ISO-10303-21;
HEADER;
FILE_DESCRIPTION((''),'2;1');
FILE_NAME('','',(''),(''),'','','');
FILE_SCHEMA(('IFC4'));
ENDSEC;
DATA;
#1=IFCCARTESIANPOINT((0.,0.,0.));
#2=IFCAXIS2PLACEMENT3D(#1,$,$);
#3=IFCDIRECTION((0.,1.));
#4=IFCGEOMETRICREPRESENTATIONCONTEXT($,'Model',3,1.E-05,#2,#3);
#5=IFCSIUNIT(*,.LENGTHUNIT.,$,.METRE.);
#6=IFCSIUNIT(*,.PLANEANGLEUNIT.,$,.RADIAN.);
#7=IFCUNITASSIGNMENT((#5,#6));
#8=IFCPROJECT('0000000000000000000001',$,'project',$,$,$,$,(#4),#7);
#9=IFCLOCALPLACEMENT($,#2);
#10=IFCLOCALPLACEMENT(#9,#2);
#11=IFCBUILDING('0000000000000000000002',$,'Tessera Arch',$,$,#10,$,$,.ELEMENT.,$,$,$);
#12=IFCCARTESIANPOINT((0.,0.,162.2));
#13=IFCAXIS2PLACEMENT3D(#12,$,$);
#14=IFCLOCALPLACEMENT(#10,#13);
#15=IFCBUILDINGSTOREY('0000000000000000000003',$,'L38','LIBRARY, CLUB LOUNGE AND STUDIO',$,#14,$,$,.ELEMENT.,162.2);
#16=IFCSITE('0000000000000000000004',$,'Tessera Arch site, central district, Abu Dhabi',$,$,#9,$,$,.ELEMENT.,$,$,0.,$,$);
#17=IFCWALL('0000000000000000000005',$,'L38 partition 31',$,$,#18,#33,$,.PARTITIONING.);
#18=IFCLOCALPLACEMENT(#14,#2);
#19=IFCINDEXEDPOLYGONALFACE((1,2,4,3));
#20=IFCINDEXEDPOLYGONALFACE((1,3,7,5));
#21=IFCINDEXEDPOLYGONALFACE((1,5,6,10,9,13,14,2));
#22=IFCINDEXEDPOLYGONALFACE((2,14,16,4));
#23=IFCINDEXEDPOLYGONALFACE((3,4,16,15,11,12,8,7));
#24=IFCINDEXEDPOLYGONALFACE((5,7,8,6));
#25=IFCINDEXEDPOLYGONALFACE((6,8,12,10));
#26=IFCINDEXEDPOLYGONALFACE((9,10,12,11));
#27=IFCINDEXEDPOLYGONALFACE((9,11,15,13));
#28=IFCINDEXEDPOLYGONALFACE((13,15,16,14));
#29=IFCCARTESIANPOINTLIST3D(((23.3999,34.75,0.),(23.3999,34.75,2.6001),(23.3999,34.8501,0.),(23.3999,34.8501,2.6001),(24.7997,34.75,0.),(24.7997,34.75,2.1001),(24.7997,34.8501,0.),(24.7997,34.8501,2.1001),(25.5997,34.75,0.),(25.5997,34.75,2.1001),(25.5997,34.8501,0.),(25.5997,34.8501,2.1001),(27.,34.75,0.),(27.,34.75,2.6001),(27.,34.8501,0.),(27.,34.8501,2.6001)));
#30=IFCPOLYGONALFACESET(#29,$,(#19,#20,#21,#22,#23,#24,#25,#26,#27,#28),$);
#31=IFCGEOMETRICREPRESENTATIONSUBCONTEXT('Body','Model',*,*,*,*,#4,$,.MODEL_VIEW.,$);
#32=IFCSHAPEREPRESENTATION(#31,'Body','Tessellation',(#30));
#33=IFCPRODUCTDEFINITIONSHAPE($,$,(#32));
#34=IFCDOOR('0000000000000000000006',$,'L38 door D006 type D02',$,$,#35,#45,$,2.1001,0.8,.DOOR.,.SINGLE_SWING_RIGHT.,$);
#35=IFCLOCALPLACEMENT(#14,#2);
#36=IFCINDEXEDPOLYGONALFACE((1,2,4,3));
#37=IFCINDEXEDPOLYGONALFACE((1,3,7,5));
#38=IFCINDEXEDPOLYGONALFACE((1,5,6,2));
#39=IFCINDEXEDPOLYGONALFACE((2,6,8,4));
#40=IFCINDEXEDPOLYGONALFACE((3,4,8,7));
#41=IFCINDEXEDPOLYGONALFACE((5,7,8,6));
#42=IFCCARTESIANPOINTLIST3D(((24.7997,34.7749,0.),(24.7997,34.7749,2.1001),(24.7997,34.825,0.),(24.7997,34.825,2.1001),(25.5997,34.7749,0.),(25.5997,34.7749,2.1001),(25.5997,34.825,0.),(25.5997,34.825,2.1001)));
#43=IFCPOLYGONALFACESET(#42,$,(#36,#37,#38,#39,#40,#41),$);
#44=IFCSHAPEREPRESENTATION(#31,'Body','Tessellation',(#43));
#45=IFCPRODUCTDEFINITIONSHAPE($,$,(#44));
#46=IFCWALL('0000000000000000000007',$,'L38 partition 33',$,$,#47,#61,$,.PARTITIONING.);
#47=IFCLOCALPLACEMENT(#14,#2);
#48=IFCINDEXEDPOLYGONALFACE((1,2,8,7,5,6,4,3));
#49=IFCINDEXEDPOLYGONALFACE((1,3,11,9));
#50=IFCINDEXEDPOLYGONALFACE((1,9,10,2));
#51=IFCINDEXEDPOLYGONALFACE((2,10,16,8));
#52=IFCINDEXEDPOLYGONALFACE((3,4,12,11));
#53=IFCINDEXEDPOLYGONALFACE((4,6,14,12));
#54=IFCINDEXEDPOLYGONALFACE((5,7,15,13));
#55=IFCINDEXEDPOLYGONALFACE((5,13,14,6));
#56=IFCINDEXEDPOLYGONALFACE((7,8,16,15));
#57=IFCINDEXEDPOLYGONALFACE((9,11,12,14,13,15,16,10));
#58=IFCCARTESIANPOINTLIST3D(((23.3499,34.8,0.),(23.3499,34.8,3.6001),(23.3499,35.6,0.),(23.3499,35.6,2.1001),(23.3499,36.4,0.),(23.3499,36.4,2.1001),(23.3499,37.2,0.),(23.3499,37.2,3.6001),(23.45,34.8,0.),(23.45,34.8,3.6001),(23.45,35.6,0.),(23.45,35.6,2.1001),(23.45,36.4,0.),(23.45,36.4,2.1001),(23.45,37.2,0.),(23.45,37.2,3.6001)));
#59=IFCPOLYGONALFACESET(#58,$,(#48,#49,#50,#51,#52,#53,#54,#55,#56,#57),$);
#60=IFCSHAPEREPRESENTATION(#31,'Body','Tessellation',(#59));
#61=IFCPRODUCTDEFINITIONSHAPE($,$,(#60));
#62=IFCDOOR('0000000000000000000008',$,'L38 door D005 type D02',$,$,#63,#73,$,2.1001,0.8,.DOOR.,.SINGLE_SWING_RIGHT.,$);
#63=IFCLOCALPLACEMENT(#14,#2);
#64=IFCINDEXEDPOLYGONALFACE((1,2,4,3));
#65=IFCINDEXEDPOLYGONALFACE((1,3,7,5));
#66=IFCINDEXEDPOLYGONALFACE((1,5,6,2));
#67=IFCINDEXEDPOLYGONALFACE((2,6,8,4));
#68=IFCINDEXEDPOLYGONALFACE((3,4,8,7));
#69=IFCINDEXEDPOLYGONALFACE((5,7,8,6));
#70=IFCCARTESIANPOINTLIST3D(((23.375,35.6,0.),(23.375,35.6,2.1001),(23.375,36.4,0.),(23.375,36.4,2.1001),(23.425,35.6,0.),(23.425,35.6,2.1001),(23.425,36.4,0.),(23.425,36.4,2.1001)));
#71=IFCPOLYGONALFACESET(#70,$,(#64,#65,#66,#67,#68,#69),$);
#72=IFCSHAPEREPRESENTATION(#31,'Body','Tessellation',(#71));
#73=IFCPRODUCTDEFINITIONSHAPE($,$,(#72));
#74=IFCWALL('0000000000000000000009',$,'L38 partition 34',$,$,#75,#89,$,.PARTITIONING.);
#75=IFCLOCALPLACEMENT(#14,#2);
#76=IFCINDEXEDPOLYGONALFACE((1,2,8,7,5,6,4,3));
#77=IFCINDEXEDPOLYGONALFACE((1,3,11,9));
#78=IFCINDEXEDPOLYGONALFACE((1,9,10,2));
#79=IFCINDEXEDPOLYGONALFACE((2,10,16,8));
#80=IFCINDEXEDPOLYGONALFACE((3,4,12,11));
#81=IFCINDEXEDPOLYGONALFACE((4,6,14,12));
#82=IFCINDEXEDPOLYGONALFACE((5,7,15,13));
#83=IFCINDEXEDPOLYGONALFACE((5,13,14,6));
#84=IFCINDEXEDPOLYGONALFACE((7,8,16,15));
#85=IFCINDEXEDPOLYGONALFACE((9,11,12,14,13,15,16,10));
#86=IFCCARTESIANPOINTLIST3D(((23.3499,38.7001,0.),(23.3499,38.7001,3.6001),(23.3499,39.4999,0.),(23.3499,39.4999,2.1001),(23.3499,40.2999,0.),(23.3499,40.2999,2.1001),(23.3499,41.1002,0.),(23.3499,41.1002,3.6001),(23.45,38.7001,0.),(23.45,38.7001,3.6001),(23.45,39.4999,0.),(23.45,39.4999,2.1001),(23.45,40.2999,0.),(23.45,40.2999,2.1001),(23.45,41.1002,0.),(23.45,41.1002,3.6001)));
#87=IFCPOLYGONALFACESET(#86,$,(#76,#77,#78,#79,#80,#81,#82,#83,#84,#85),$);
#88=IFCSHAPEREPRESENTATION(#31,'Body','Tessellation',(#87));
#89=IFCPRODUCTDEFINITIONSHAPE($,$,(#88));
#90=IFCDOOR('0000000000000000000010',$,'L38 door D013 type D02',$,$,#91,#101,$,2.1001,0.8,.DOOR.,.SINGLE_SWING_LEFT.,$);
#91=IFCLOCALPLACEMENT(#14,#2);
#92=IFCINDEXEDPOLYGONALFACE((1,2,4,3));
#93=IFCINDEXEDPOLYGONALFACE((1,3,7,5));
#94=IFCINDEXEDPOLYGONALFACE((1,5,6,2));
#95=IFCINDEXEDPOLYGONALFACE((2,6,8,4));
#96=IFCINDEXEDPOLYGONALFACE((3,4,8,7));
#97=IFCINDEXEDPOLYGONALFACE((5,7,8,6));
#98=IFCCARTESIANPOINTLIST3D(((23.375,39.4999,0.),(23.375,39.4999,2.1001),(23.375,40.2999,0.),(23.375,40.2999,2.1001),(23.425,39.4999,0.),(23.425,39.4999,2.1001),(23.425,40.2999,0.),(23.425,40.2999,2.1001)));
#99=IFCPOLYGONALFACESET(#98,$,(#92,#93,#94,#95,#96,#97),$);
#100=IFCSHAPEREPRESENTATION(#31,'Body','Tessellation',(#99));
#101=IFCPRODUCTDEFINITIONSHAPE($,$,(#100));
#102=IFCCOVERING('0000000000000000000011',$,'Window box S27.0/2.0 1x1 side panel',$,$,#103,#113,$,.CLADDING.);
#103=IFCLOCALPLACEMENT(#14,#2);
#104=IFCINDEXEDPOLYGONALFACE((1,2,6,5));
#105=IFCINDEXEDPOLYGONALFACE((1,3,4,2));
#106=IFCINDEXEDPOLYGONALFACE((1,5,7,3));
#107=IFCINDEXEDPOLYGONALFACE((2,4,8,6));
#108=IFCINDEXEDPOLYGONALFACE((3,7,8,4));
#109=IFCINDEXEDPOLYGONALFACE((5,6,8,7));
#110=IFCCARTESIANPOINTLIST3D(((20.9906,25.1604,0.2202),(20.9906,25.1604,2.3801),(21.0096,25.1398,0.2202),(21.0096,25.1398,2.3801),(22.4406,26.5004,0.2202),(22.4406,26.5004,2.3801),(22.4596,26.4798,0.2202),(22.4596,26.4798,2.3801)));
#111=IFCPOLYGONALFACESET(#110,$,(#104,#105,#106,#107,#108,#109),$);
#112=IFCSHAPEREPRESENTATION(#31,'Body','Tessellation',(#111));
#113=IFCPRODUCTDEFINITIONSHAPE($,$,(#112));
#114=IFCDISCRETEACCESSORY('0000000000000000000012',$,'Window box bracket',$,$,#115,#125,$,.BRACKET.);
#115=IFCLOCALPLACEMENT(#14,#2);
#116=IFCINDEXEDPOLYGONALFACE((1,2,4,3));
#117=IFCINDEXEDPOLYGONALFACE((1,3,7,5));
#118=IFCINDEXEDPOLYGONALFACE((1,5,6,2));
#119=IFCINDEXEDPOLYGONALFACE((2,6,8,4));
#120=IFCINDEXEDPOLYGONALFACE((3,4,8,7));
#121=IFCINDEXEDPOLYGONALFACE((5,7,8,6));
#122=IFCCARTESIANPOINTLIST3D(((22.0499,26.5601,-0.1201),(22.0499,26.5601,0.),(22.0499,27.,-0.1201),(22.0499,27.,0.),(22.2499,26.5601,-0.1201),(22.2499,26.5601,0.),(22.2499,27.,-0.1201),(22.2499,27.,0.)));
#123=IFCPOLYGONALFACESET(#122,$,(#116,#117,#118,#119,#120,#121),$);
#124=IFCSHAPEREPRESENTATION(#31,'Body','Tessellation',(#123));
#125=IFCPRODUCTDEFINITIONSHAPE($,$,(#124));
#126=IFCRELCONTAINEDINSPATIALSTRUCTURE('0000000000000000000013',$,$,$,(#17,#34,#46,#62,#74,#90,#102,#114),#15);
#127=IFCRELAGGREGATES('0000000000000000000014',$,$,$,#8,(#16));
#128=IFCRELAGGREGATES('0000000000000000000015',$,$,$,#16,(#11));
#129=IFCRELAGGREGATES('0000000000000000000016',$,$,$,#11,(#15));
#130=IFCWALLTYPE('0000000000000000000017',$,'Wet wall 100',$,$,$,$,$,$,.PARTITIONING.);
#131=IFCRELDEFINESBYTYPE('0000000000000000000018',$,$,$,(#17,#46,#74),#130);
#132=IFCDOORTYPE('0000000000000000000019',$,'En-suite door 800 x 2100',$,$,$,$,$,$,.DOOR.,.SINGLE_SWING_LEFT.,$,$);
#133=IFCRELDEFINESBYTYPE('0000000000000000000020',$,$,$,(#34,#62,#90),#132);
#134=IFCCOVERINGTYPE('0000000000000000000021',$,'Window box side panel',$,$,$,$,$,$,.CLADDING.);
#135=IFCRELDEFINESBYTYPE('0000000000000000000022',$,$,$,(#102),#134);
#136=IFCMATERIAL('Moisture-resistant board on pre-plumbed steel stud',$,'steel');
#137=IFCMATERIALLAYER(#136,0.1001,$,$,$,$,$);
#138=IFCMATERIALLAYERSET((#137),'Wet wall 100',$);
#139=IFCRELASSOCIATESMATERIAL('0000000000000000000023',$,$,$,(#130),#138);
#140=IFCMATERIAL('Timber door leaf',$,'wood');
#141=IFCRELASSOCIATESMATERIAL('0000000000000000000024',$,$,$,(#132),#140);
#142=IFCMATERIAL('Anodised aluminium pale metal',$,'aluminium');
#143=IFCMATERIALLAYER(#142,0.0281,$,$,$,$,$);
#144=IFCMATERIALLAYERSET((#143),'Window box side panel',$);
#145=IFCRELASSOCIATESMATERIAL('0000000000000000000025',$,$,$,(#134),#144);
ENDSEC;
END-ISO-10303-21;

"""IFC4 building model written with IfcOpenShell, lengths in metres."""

from ifc_helpers import new_model, si_unit, direction, frame, frame_2d, origin, origin_2d, place, context, subcontext, project, spatial, rectangle, extrude, material, layer, layer_set, type_object, element, fill, save


model = new_model("IFC4")

# Units and contexts
model_context = context("Model", 3, precision=1e-05, world=origin(), true_north=direction((0.0, 1.0)))
body_context = subcontext(model_context, "Body", "Model", "MODEL_VIEW")
ifc_project = project(units=[si_unit("LENGTHUNIT", "METRE"), si_unit("PLANEANGLEUNIT", "RADIAN")], contexts=[model_context])

# Site, building, storey
site_placement = place(None, origin())
site = spatial("IfcSite", under=ifc_project, at=site_placement, Name="Tessera Arch site, central district, Abu Dhabi", CompositionType="ELEMENT", RefElevation=0.0)
building_placement = place(site_placement, origin())
building = spatial("IfcBuilding", under=site, at=building_placement, Name="Tessera Arch", CompositionType="ELEMENT")
storey_placement = place(building_placement, frame((0.0, 0.0, 162.2)))
storey = spatial("IfcBuildingStorey", under=building, at=storey_placement, Name="L38", Description="LIBRARY, CLUB LOUNGE AND STUDIO", CompositionType="ELEMENT", Elevation=162.2)

# Walls, openings, doors
ifc_material_1 = material(Name="Moisture-resistant board on pre-plumbed steel stud", Category="steel")
ifc_layer_1 = layer(ifc_material_1, 0.1001)
ifc_layer_set_1 = layer_set([ifc_layer_1], Name="Wet wall 100")
wall_type_1 = type_object("IfcWallType", Name="Wet wall 100", PredefinedType="PARTITIONING", material=ifc_layer_set_1)
wall_1_placement = place(storey_placement, frame((23.3999, 34.8, 0.0), z_axis=(0.0, 0.0, 1.0), x_axis=(1.0, 0.0, 0.0)))
wall_1 = element("IfcWall", 1, at=wall_1_placement, inside=storey, type_object=wall_type_1, Name="L38 partition 31", PredefinedType="PARTITIONING", context=body_context, shape_type="SweptSolid", body=[
    extrude(rectangle(XDim=3.6001, YDim=0.1001, at=frame_2d((1.8, 0.0))), origin(), (0.0, 0.0, 1.0), 2.6001),
])
opening_1_placement = place(wall_1_placement, frame((1.3999, 0.0, 0.0)))
opening_1 = element("IfcOpeningElement", 2, at=opening_1_placement, cuts=wall_1, PredefinedType="OPENING", context=body_context, shape_type="SweptSolid", body=[
    extrude(rectangle(XDim=0.8, YDim=2.1001, at=frame_2d((0.3999, 1.05))), frame((0.0, 0.0601, 0.0), z_axis=(0.0, -1.0, 0.0), x_axis=(1.0, 0.0, 0.0)), (0.0, 0.0, 1.0), 0.1201),
])
ifc_material_2 = material(Name="Timber door leaf", Category="wood")
door_type = type_object("IfcDoorType", Name="En-suite door 800 x 2100", OperationType="SINGLE_SWING_LEFT", PredefinedType="DOOR", material=ifc_material_2)
door_1_placement = place(opening_1_placement, origin())
door_1 = element("IfcDoor", 3, at=door_1_placement, inside=storey, type_object=door_type, Name="L38 door D006 type D02", OperationType="SINGLE_SWING_RIGHT", OverallHeight=2.1001, OverallWidth=0.8, PredefinedType="DOOR", context=body_context, shape_type="SweptSolid", body=[
    extrude(rectangle(XDim=0.8, YDim=2.1001, at=frame_2d((0.3999, 1.05))), frame((0.0, 0.0249, 0.0), z_axis=(0.0, -1.0, 0.0), x_axis=(1.0, 0.0, 0.0)), (0.0, 0.0, 1.0), 0.05),
])
fill(opening_1, door_1)
wall_2_placement = place(storey_placement, frame((23.3999, 34.8, 0.0), z_axis=(0.0, 0.0, 1.0), x_axis=(0.0, 1.0, 0.0)))
wall_2 = element("IfcWall", 4, at=wall_2_placement, inside=storey, type_object=wall_type_1, Name="L38 partition 33", PredefinedType="PARTITIONING", context=body_context, shape_type="SweptSolid", body=[
    extrude(rectangle(XDim=2.3999, YDim=0.1001, at=frame_2d((1.2, 0.0))), origin(), (0.0, 0.0, 1.0), 3.6001),
])
opening_2_placement = place(wall_2_placement, frame((0.8, 0.0, 0.0)))
opening_2 = element("IfcOpeningElement", 5, at=opening_2_placement, cuts=wall_2, PredefinedType="OPENING", context=body_context, shape_type="SweptSolid", body=[
    extrude(rectangle(XDim=0.8, YDim=2.1001, at=frame_2d((0.3999, 1.05))), frame((0.0, 0.0601, 0.0), z_axis=(0.0, -1.0, 0.0), x_axis=(1.0, 0.0, 0.0)), (0.0, 0.0, 1.0), 0.1201),
])
door_2_placement = place(opening_2_placement, origin())
door_2 = element("IfcDoor", 6, at=door_2_placement, inside=storey, type_object=door_type, Name="L38 door D005 type D02", OperationType="SINGLE_SWING_RIGHT", OverallHeight=2.1001, OverallWidth=0.8, PredefinedType="DOOR", context=body_context, shape_type="SweptSolid", body=[
    extrude(rectangle(XDim=0.8, YDim=2.1001, at=frame_2d((0.3999, 1.05))), frame((0.0, 0.0249, 0.0), z_axis=(0.0, -1.0, 0.0), x_axis=(1.0, 0.0, 0.0)), (0.0, 0.0, 1.0), 0.05),
])
fill(opening_2, door_2)
wall_3_placement = place(storey_placement, frame((23.3999, 38.7, 0.0), z_axis=(0.0, 0.0, 1.0), x_axis=(0.0, 1.0, 0.0)))
wall_3 = element("IfcWall", 7, at=wall_3_placement, inside=storey, type_object=wall_type_1, Name="L38 partition 34", PredefinedType="PARTITIONING", context=body_context, shape_type="SweptSolid", body=[
    extrude(rectangle(XDim=2.4001, YDim=0.1001, at=frame_2d((1.2002, 0.0))), origin(), (0.0, 0.0, 1.0), 3.6001),
])
opening_3_placement = place(wall_3_placement, frame((0.8, 0.0, 0.0)))
opening_3 = element("IfcOpeningElement", 8, at=opening_3_placement, cuts=wall_3, PredefinedType="OPENING", context=body_context, shape_type="SweptSolid", body=[
    extrude(rectangle(XDim=0.8, YDim=2.1001, at=frame_2d((0.3999, 1.05))), frame((0.0, 0.0601, 0.0), z_axis=(0.0, -1.0, 0.0), x_axis=(1.0, 0.0, 0.0)), (0.0, 0.0, 1.0), 0.1201),
])
door_3_placement = place(opening_3_placement, origin())
door_3 = element("IfcDoor", 9, at=door_3_placement, inside=storey, type_object=door_type, Name="L38 door D013 type D02", OperationType="SINGLE_SWING_LEFT", OverallHeight=2.1001, OverallWidth=0.8, PredefinedType="DOOR", context=body_context, shape_type="SweptSolid", body=[
    extrude(rectangle(XDim=0.8, YDim=2.1001, at=frame_2d((0.3999, 1.05))), frame((0.0, 0.0249, 0.0), z_axis=(0.0, -1.0, 0.0), x_axis=(1.0, 0.0, 0.0)), (0.0, 0.0, 1.0), 0.05),
])
fill(opening_3, door_3)

# Covering
ifc_material_3 = material(Name="Anodised aluminium pale metal", Category="aluminium")
ifc_layer_2 = layer(ifc_material_3, 0.0281)
ifc_layer_set_2 = layer_set([ifc_layer_2], Name="Window box side panel")
covering_type = type_object("IfcCoveringType", Name="Window box side panel", PredefinedType="CLADDING", material=ifc_layer_set_2)
covering_placement = place(storey_placement, frame((21.7251, 25.8201, 0.2202), z_axis=(0.0, 0.0, 1.0), x_axis=(-0.734415, -0.678701, 0.0)))
element("IfcCovering", 10, at=covering_placement, inside=storey, type_object=covering_type, Name="Window box S27.0/2.0 1x1 side panel", PredefinedType="CLADDING", context=body_context, shape_type="SweptSolid", body=[
    extrude(rectangle(XDim=1.9744, YDim=0.0281, at=origin_2d()), origin(), (0.0, 0.0, 1.0), 2.1599),
])

# Discrete accessory
discrete_accessory_placement = place(storey_placement, frame((22.1499, 26.78, -0.1201), z_axis=(0.0, 0.0, 1.0), x_axis=(0.0, -1.0, 0.0)))
element("IfcDiscreteAccessory", 11, at=discrete_accessory_placement, inside=storey, Name="Window box bracket", PredefinedType="BRACKET", context=body_context, shape_type="SweptSolid", body=[
    extrude(rectangle(XDim=0.4399, YDim=0.2, at=origin_2d()), origin(), (0.0, 0.0, 1.0), 0.1201),
])

save(model, "model.ifc")
